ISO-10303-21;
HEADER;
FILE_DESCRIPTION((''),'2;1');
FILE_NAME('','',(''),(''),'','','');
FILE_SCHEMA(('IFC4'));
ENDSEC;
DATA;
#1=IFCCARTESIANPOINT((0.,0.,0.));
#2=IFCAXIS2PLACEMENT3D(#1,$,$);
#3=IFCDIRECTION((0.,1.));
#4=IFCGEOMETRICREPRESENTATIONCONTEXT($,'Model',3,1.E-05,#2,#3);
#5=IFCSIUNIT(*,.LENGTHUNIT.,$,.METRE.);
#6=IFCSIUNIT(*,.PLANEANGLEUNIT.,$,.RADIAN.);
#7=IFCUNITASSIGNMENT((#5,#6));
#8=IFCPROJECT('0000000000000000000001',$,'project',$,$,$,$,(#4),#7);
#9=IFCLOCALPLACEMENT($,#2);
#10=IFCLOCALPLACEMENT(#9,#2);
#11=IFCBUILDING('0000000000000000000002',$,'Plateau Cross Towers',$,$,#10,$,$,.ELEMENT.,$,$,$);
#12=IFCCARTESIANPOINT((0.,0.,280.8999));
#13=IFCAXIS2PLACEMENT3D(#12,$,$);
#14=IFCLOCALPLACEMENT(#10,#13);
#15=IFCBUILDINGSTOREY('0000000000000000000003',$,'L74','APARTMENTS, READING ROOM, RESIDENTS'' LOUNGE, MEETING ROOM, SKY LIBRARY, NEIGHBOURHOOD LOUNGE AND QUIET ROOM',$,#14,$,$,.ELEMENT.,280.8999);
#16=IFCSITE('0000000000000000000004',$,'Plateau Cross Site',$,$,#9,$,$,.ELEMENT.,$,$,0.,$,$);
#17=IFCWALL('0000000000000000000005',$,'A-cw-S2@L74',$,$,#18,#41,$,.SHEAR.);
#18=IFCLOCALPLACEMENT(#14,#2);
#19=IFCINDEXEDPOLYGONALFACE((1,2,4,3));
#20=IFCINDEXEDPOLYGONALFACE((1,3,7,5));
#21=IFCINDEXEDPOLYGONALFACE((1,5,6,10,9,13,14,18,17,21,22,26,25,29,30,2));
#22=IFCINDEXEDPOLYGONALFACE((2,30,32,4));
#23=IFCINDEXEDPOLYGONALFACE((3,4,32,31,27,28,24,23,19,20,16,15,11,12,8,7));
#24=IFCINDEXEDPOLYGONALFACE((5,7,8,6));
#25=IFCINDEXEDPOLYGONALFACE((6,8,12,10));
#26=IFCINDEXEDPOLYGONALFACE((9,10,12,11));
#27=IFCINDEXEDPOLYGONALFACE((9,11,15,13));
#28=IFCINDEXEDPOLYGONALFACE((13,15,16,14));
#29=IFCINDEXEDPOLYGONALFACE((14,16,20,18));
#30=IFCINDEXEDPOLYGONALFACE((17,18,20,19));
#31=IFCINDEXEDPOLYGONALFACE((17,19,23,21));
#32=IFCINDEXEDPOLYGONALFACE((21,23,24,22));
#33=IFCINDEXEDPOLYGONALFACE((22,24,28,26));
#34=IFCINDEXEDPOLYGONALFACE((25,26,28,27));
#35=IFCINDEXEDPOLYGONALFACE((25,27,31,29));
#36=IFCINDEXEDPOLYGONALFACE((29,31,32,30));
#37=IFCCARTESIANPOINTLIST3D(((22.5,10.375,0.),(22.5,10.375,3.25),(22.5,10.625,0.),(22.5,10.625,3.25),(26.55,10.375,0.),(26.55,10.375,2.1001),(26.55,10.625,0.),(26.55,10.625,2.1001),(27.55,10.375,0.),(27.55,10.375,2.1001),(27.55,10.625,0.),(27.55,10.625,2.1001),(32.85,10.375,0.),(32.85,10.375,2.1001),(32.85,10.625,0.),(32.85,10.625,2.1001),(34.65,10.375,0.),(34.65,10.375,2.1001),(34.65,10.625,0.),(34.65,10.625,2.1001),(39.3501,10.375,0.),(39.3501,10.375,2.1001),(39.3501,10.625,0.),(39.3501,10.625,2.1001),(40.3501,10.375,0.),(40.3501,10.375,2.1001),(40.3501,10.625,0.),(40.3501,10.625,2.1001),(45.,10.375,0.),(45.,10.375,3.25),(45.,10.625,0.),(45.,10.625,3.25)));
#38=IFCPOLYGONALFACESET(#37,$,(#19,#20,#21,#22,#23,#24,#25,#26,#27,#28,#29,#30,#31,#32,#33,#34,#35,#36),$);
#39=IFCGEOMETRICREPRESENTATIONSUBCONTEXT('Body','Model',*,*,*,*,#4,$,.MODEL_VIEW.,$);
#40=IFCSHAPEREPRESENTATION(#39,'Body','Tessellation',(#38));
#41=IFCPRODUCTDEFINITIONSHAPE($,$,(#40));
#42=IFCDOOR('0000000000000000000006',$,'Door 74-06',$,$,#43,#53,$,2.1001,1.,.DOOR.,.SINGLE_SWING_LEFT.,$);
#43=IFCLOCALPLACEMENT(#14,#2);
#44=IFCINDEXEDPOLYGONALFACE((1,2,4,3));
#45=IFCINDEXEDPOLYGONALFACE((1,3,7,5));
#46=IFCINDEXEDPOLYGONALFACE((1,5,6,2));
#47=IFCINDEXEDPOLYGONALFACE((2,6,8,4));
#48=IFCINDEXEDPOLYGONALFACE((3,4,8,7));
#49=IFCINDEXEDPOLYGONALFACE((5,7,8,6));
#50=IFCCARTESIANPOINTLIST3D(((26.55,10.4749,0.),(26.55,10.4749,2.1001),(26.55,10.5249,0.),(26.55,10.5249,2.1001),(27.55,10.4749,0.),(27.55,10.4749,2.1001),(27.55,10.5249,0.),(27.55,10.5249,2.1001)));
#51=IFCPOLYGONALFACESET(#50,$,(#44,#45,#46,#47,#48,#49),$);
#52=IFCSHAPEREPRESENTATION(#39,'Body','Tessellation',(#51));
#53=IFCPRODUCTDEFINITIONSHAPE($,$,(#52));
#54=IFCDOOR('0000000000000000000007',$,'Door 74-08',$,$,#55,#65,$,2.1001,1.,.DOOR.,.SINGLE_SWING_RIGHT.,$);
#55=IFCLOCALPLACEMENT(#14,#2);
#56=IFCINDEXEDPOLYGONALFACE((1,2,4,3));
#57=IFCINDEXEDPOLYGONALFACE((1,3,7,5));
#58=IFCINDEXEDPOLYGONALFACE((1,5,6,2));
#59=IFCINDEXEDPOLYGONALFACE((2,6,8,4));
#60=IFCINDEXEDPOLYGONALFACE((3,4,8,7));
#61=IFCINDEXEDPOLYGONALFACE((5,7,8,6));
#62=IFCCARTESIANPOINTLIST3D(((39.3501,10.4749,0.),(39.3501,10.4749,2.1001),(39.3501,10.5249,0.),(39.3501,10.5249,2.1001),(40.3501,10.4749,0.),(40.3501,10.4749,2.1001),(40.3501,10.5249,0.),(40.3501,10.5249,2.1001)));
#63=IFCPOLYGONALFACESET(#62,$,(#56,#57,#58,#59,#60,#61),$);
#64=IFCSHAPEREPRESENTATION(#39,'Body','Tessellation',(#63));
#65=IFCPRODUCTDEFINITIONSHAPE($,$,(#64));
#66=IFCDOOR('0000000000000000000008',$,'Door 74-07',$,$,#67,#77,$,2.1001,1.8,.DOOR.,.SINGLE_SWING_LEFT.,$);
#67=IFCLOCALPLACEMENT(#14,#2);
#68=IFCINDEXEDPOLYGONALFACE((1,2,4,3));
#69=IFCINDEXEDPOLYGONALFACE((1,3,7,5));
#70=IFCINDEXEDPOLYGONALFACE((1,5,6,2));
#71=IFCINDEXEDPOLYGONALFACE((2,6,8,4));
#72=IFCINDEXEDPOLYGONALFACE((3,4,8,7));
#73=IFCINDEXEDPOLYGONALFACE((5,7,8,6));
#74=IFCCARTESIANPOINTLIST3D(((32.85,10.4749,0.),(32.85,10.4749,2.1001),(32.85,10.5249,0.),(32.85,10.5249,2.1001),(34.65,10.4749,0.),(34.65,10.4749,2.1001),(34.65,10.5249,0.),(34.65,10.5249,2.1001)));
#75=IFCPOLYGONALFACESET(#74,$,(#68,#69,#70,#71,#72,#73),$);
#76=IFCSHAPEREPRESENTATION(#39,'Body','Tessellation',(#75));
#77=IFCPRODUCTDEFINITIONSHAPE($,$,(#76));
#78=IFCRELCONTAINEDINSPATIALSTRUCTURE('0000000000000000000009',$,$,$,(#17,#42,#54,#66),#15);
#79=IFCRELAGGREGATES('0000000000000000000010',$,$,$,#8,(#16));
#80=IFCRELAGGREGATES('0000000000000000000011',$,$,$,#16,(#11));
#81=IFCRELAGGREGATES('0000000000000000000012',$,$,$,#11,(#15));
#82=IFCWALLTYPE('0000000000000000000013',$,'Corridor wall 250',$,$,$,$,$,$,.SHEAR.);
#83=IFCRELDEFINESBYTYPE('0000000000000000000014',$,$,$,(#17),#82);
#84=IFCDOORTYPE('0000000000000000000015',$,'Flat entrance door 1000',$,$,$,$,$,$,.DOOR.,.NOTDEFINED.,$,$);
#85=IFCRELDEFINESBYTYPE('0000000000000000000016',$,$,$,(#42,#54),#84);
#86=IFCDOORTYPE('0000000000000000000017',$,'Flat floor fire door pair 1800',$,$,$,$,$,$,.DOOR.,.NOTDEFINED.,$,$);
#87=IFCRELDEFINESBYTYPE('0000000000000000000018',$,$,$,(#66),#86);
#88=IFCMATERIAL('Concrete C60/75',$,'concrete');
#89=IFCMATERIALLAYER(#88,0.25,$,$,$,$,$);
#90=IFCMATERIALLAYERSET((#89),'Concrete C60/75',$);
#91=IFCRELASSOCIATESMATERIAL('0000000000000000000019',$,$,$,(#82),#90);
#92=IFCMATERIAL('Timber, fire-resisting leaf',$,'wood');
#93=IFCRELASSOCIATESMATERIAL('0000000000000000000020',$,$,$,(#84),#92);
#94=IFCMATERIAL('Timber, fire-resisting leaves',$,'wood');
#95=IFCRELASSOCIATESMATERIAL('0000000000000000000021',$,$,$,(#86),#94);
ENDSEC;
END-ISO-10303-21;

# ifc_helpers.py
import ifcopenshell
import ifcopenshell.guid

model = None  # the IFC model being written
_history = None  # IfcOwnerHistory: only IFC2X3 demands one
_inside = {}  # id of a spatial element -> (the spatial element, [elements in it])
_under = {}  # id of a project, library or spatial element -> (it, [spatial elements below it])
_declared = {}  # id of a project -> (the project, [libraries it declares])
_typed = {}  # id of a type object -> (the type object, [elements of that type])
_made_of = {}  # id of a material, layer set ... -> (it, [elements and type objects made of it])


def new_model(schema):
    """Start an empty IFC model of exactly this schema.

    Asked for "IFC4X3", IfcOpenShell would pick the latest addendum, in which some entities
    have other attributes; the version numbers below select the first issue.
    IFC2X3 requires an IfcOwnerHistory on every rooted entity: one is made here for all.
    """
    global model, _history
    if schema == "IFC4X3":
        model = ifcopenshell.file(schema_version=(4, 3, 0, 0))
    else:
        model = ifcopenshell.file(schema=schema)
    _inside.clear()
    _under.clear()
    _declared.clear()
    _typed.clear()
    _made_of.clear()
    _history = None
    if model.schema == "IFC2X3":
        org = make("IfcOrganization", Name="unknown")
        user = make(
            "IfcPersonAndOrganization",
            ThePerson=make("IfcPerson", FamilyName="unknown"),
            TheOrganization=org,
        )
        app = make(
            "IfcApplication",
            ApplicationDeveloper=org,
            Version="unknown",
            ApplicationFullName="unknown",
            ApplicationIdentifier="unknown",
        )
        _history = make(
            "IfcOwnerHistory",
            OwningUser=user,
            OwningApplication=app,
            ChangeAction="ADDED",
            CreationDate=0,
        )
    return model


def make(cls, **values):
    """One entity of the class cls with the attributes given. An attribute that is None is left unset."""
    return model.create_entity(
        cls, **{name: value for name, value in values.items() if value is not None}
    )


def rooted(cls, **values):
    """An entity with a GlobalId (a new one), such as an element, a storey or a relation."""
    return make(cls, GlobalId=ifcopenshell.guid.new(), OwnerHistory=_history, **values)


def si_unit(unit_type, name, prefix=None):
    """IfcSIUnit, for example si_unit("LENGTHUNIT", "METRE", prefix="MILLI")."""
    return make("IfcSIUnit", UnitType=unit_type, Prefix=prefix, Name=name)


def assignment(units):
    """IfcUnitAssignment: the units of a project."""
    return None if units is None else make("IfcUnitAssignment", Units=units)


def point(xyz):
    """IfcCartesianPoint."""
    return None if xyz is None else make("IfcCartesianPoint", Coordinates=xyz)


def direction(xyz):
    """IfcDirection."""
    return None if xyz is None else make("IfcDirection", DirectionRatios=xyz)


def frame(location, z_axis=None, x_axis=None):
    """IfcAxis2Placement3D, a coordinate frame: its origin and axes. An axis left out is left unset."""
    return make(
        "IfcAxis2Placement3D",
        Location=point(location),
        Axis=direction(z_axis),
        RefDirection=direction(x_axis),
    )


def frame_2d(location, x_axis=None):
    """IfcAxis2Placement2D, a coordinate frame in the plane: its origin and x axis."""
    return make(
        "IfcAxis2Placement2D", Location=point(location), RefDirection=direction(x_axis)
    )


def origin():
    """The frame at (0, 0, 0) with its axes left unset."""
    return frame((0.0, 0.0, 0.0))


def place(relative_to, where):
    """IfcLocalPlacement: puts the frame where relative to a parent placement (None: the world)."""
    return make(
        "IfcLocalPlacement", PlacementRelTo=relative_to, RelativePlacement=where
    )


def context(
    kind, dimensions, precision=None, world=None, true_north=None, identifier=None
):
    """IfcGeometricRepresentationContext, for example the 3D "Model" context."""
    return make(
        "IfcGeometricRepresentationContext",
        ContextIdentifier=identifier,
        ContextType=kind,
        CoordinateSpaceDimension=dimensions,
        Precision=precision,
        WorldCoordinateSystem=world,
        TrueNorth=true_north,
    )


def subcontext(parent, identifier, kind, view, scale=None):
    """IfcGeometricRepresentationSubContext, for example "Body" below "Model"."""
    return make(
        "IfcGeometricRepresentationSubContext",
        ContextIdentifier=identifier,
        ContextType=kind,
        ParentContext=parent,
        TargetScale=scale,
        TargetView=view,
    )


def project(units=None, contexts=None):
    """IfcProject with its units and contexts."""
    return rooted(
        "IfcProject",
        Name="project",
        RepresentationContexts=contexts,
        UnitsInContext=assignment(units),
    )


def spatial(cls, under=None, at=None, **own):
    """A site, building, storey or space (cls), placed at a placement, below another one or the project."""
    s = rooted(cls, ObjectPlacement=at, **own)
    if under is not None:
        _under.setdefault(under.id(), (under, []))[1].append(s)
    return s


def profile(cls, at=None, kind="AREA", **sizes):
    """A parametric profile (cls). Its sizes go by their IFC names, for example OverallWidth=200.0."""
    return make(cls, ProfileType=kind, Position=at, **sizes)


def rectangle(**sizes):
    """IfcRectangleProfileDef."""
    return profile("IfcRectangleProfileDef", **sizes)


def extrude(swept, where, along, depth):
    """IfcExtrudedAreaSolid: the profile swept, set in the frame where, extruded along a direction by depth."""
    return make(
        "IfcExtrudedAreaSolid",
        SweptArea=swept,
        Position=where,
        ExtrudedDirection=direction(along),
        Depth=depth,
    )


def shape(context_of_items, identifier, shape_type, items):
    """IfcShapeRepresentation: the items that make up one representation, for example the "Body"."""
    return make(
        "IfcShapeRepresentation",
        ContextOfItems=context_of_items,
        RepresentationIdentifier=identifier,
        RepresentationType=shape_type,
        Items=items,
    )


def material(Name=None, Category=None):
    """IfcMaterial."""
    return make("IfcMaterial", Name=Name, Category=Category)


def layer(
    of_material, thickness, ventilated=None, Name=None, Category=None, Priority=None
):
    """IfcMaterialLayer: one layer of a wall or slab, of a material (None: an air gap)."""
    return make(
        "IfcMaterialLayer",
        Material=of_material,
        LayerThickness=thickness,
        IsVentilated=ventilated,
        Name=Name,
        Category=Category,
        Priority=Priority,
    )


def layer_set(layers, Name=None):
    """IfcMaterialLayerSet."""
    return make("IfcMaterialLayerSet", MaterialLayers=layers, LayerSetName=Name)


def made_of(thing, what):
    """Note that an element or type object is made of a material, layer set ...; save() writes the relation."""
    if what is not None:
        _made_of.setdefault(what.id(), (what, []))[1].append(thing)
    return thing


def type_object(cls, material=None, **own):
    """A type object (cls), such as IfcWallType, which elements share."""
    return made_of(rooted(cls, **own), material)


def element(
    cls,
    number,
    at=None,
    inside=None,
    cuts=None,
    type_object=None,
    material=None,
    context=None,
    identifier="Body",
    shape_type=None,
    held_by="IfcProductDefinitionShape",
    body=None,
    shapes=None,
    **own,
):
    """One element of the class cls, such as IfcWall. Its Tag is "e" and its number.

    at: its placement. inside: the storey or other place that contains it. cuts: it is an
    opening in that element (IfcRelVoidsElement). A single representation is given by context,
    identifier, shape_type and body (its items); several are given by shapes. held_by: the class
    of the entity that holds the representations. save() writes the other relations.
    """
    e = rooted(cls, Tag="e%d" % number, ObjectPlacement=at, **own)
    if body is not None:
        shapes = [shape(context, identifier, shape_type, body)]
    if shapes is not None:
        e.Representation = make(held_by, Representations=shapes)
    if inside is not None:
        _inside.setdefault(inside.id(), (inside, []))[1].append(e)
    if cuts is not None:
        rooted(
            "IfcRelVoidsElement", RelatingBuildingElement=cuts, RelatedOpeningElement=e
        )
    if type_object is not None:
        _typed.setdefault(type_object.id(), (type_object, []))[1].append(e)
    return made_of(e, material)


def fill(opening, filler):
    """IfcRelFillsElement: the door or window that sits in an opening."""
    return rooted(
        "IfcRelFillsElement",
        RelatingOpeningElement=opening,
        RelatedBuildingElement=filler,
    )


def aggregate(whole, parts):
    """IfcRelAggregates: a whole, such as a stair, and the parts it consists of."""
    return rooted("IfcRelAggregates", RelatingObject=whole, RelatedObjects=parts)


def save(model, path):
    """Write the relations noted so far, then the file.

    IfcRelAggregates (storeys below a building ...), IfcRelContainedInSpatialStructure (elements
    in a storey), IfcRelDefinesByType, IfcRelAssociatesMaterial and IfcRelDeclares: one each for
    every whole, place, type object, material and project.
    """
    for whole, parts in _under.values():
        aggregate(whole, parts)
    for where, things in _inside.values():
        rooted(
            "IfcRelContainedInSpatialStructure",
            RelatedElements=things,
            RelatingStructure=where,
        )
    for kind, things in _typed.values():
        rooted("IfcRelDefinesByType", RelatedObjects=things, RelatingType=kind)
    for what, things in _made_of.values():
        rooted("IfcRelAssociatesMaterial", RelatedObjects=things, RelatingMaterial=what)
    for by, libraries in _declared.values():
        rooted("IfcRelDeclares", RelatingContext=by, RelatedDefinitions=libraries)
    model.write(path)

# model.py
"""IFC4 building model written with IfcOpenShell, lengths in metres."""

from ifc_helpers import new_model, si_unit, direction, frame, frame_2d, origin, place, context, subcontext, project, spatial, rectangle, extrude, material, layer, layer_set, type_object, element, fill, save


model = new_model("IFC4")

# Units and contexts
model_context = context("Model", 3, precision=1e-05, world=origin(), true_north=direction((0.0, 1.0)))
body_context = subcontext(model_context, "Body", "Model", "MODEL_VIEW")
ifc_project = project(units=[si_unit("LENGTHUNIT", "METRE"), si_unit("PLANEANGLEUNIT", "RADIAN")], contexts=[model_context])

# Site, building, storey
site_placement = place(None, origin())
site = spatial("IfcSite", under=ifc_project, at=site_placement, Name="Plateau Cross Site", CompositionType="ELEMENT", RefElevation=0.0)
building_placement = place(site_placement, origin())
building = spatial("IfcBuilding", under=site, at=building_placement, Name="Plateau Cross Towers", CompositionType="ELEMENT")
storey_placement = place(building_placement, frame((0.0, 0.0, 280.8999)))
storey = spatial("IfcBuildingStorey", under=building, at=storey_placement, Name="L74", Description="APARTMENTS, READING ROOM, RESIDENTS' LOUNGE, MEETING ROOM, SKY LIBRARY, NEIGHBOURHOOD LOUNGE AND QUIET ROOM", CompositionType="ELEMENT", Elevation=280.8999)

# Shared definitions
ifc_material_1 = material(Name="Concrete C60/75", Category="concrete")

# Wall, openings, doors
ifc_layer_1 = layer(ifc_material_1, 0.25)
ifc_layer_set_1 = layer_set([ifc_layer_1], Name="Concrete C60/75")
wall_type_1 = type_object("IfcWallType", Name="Corridor wall 250", PredefinedType="SHEAR", material=ifc_layer_set_1)
ifc_material_2 = material(Name="Timber, fire-resisting leaf", Category="wood")
door_type_1 = type_object("IfcDoorType", Name="Flat entrance door 1000", OperationType="NOTDEFINED", PredefinedType="DOOR", material=ifc_material_2)
wall_1_placement = place(storey_placement, frame((22.5, 10.5, 0.0), z_axis=(0.0, 0.0, 1.0), x_axis=(1.0, 0.0, 0.0)))
wall_1 = element("IfcWall", 1, at=wall_1_placement, inside=storey, type_object=wall_type_1, Name="A-cw-S2@L74", PredefinedType="SHEAR", context=body_context, shape_type="SweptSolid", body=[
    extrude(rectangle(XDim=22.5, YDim=0.25, at=frame_2d((11.25, 0.0))), origin(), (0.0, 0.0, 1.0), 3.25),
])
opening_1_placement = place(wall_1_placement, frame((4.05, 0.0, 0.0)))
opening_1 = element("IfcOpeningElement", 2, at=opening_1_placement, cuts=wall_1, PredefinedType="OPENING", context=body_context, shape_type="SweptSolid", body=[
    extrude(rectangle(XDim=1.0, YDim=2.1001, at=frame_2d((0.5, 1.05))), frame((0.0, 0.135, 0.0), z_axis=(0.0, -1.0, 0.0), x_axis=(1.0, 0.0, 0.0)), (0.0, 0.0, 1.0), 0.27),
])
opening_2_placement = place(wall_1_placement, frame((10.3501, 0.0, 0.0)))
opening_2 = element("IfcOpeningElement", 3, at=opening_2_placement, cuts=wall_1, PredefinedType="OPENING", context=body_context, shape_type="SweptSolid", body=[
    extrude(rectangle(XDim=1.8, YDim=2.1001, at=frame_2d((0.8999, 1.05))), frame((0.0, 0.135, 0.0), z_axis=(0.0, -1.0, 0.0), x_axis=(1.0, 0.0, 0.0)), (0.0, 0.0, 1.0), 0.27),
])
opening_3_placement = place(wall_1_placement, frame((16.8501, 0.0, 0.0)))
opening_3 = element("IfcOpeningElement", 4, at=opening_3_placement, cuts=wall_1, PredefinedType="OPENING", context=body_context, shape_type="SweptSolid", body=[
    extrude(rectangle(XDim=1.0, YDim=2.1001, at=frame_2d((0.5, 1.05))), frame((0.0, 0.135, 0.0), z_axis=(0.0, -1.0, 0.0), x_axis=(1.0, 0.0, 0.0)), (0.0, 0.0, 1.0), 0.27),
])
door_1_placement = place(opening_1_placement, origin())
door_1 = element("IfcDoor", 5, at=door_1_placement, inside=storey, type_object=door_type_1, Name="Door 74-06", OperationType="SINGLE_SWING_LEFT", OverallHeight=2.1001, OverallWidth=1.0, PredefinedType="DOOR", context=body_context, shape_type="SweptSolid", body=[
    extrude(rectangle(XDim=1.0, YDim=2.1001, at=frame_2d((0.5, 1.05))), frame((0.0, 0.0249, 0.0), z_axis=(0.0, -1.0, 0.0), x_axis=(1.0, 0.0, 0.0)), (0.0, 0.0, 1.0), 0.05),
])
fill(opening_1, door_1)
door_2_placement = place(opening_3_placement, origin())
door_2 = element("IfcDoor", 6, at=door_2_placement, inside=storey, type_object=door_type_1, Name="Door 74-08", OperationType="SINGLE_SWING_RIGHT", OverallHeight=2.1001, OverallWidth=1.0, PredefinedType="DOOR", context=body_context, shape_type="SweptSolid", body=[
    extrude(rectangle(XDim=1.0, YDim=2.1001, at=frame_2d((0.5, 1.05))), frame((0.0, 0.0249, 0.0), z_axis=(0.0, -1.0, 0.0), x_axis=(1.0, 0.0, 0.0)), (0.0, 0.0, 1.0), 0.05),
])
fill(opening_3, door_2)
ifc_material_3 = material(Name="Timber, fire-resisting leaves", Category="wood")
door_type_2 = type_object("IfcDoorType", Name="Flat floor fire door pair 1800", OperationType="NOTDEFINED", PredefinedType="DOOR", material=ifc_material_3)
door_3_placement = place(opening_2_placement, origin())
door_3 = element("IfcDoor", 7, at=door_3_placement, inside=storey, type_object=door_type_2, Name="Door 74-07", OperationType="SINGLE_SWING_LEFT", OverallHeight=2.1001, OverallWidth=1.8, PredefinedType="DOOR", context=body_context, shape_type="SweptSolid", body=[
    extrude(rectangle(XDim=1.8, YDim=2.1001, at=frame_2d((0.8999, 1.05))), frame((0.0, 0.0249, 0.0), z_axis=(0.0, -1.0, 0.0), x_axis=(1.0, 0.0, 0.0)), (0.0, 0.0, 1.0), 0.05),
])
fill(opening_2, door_3)

save(model, "model.ifc")
